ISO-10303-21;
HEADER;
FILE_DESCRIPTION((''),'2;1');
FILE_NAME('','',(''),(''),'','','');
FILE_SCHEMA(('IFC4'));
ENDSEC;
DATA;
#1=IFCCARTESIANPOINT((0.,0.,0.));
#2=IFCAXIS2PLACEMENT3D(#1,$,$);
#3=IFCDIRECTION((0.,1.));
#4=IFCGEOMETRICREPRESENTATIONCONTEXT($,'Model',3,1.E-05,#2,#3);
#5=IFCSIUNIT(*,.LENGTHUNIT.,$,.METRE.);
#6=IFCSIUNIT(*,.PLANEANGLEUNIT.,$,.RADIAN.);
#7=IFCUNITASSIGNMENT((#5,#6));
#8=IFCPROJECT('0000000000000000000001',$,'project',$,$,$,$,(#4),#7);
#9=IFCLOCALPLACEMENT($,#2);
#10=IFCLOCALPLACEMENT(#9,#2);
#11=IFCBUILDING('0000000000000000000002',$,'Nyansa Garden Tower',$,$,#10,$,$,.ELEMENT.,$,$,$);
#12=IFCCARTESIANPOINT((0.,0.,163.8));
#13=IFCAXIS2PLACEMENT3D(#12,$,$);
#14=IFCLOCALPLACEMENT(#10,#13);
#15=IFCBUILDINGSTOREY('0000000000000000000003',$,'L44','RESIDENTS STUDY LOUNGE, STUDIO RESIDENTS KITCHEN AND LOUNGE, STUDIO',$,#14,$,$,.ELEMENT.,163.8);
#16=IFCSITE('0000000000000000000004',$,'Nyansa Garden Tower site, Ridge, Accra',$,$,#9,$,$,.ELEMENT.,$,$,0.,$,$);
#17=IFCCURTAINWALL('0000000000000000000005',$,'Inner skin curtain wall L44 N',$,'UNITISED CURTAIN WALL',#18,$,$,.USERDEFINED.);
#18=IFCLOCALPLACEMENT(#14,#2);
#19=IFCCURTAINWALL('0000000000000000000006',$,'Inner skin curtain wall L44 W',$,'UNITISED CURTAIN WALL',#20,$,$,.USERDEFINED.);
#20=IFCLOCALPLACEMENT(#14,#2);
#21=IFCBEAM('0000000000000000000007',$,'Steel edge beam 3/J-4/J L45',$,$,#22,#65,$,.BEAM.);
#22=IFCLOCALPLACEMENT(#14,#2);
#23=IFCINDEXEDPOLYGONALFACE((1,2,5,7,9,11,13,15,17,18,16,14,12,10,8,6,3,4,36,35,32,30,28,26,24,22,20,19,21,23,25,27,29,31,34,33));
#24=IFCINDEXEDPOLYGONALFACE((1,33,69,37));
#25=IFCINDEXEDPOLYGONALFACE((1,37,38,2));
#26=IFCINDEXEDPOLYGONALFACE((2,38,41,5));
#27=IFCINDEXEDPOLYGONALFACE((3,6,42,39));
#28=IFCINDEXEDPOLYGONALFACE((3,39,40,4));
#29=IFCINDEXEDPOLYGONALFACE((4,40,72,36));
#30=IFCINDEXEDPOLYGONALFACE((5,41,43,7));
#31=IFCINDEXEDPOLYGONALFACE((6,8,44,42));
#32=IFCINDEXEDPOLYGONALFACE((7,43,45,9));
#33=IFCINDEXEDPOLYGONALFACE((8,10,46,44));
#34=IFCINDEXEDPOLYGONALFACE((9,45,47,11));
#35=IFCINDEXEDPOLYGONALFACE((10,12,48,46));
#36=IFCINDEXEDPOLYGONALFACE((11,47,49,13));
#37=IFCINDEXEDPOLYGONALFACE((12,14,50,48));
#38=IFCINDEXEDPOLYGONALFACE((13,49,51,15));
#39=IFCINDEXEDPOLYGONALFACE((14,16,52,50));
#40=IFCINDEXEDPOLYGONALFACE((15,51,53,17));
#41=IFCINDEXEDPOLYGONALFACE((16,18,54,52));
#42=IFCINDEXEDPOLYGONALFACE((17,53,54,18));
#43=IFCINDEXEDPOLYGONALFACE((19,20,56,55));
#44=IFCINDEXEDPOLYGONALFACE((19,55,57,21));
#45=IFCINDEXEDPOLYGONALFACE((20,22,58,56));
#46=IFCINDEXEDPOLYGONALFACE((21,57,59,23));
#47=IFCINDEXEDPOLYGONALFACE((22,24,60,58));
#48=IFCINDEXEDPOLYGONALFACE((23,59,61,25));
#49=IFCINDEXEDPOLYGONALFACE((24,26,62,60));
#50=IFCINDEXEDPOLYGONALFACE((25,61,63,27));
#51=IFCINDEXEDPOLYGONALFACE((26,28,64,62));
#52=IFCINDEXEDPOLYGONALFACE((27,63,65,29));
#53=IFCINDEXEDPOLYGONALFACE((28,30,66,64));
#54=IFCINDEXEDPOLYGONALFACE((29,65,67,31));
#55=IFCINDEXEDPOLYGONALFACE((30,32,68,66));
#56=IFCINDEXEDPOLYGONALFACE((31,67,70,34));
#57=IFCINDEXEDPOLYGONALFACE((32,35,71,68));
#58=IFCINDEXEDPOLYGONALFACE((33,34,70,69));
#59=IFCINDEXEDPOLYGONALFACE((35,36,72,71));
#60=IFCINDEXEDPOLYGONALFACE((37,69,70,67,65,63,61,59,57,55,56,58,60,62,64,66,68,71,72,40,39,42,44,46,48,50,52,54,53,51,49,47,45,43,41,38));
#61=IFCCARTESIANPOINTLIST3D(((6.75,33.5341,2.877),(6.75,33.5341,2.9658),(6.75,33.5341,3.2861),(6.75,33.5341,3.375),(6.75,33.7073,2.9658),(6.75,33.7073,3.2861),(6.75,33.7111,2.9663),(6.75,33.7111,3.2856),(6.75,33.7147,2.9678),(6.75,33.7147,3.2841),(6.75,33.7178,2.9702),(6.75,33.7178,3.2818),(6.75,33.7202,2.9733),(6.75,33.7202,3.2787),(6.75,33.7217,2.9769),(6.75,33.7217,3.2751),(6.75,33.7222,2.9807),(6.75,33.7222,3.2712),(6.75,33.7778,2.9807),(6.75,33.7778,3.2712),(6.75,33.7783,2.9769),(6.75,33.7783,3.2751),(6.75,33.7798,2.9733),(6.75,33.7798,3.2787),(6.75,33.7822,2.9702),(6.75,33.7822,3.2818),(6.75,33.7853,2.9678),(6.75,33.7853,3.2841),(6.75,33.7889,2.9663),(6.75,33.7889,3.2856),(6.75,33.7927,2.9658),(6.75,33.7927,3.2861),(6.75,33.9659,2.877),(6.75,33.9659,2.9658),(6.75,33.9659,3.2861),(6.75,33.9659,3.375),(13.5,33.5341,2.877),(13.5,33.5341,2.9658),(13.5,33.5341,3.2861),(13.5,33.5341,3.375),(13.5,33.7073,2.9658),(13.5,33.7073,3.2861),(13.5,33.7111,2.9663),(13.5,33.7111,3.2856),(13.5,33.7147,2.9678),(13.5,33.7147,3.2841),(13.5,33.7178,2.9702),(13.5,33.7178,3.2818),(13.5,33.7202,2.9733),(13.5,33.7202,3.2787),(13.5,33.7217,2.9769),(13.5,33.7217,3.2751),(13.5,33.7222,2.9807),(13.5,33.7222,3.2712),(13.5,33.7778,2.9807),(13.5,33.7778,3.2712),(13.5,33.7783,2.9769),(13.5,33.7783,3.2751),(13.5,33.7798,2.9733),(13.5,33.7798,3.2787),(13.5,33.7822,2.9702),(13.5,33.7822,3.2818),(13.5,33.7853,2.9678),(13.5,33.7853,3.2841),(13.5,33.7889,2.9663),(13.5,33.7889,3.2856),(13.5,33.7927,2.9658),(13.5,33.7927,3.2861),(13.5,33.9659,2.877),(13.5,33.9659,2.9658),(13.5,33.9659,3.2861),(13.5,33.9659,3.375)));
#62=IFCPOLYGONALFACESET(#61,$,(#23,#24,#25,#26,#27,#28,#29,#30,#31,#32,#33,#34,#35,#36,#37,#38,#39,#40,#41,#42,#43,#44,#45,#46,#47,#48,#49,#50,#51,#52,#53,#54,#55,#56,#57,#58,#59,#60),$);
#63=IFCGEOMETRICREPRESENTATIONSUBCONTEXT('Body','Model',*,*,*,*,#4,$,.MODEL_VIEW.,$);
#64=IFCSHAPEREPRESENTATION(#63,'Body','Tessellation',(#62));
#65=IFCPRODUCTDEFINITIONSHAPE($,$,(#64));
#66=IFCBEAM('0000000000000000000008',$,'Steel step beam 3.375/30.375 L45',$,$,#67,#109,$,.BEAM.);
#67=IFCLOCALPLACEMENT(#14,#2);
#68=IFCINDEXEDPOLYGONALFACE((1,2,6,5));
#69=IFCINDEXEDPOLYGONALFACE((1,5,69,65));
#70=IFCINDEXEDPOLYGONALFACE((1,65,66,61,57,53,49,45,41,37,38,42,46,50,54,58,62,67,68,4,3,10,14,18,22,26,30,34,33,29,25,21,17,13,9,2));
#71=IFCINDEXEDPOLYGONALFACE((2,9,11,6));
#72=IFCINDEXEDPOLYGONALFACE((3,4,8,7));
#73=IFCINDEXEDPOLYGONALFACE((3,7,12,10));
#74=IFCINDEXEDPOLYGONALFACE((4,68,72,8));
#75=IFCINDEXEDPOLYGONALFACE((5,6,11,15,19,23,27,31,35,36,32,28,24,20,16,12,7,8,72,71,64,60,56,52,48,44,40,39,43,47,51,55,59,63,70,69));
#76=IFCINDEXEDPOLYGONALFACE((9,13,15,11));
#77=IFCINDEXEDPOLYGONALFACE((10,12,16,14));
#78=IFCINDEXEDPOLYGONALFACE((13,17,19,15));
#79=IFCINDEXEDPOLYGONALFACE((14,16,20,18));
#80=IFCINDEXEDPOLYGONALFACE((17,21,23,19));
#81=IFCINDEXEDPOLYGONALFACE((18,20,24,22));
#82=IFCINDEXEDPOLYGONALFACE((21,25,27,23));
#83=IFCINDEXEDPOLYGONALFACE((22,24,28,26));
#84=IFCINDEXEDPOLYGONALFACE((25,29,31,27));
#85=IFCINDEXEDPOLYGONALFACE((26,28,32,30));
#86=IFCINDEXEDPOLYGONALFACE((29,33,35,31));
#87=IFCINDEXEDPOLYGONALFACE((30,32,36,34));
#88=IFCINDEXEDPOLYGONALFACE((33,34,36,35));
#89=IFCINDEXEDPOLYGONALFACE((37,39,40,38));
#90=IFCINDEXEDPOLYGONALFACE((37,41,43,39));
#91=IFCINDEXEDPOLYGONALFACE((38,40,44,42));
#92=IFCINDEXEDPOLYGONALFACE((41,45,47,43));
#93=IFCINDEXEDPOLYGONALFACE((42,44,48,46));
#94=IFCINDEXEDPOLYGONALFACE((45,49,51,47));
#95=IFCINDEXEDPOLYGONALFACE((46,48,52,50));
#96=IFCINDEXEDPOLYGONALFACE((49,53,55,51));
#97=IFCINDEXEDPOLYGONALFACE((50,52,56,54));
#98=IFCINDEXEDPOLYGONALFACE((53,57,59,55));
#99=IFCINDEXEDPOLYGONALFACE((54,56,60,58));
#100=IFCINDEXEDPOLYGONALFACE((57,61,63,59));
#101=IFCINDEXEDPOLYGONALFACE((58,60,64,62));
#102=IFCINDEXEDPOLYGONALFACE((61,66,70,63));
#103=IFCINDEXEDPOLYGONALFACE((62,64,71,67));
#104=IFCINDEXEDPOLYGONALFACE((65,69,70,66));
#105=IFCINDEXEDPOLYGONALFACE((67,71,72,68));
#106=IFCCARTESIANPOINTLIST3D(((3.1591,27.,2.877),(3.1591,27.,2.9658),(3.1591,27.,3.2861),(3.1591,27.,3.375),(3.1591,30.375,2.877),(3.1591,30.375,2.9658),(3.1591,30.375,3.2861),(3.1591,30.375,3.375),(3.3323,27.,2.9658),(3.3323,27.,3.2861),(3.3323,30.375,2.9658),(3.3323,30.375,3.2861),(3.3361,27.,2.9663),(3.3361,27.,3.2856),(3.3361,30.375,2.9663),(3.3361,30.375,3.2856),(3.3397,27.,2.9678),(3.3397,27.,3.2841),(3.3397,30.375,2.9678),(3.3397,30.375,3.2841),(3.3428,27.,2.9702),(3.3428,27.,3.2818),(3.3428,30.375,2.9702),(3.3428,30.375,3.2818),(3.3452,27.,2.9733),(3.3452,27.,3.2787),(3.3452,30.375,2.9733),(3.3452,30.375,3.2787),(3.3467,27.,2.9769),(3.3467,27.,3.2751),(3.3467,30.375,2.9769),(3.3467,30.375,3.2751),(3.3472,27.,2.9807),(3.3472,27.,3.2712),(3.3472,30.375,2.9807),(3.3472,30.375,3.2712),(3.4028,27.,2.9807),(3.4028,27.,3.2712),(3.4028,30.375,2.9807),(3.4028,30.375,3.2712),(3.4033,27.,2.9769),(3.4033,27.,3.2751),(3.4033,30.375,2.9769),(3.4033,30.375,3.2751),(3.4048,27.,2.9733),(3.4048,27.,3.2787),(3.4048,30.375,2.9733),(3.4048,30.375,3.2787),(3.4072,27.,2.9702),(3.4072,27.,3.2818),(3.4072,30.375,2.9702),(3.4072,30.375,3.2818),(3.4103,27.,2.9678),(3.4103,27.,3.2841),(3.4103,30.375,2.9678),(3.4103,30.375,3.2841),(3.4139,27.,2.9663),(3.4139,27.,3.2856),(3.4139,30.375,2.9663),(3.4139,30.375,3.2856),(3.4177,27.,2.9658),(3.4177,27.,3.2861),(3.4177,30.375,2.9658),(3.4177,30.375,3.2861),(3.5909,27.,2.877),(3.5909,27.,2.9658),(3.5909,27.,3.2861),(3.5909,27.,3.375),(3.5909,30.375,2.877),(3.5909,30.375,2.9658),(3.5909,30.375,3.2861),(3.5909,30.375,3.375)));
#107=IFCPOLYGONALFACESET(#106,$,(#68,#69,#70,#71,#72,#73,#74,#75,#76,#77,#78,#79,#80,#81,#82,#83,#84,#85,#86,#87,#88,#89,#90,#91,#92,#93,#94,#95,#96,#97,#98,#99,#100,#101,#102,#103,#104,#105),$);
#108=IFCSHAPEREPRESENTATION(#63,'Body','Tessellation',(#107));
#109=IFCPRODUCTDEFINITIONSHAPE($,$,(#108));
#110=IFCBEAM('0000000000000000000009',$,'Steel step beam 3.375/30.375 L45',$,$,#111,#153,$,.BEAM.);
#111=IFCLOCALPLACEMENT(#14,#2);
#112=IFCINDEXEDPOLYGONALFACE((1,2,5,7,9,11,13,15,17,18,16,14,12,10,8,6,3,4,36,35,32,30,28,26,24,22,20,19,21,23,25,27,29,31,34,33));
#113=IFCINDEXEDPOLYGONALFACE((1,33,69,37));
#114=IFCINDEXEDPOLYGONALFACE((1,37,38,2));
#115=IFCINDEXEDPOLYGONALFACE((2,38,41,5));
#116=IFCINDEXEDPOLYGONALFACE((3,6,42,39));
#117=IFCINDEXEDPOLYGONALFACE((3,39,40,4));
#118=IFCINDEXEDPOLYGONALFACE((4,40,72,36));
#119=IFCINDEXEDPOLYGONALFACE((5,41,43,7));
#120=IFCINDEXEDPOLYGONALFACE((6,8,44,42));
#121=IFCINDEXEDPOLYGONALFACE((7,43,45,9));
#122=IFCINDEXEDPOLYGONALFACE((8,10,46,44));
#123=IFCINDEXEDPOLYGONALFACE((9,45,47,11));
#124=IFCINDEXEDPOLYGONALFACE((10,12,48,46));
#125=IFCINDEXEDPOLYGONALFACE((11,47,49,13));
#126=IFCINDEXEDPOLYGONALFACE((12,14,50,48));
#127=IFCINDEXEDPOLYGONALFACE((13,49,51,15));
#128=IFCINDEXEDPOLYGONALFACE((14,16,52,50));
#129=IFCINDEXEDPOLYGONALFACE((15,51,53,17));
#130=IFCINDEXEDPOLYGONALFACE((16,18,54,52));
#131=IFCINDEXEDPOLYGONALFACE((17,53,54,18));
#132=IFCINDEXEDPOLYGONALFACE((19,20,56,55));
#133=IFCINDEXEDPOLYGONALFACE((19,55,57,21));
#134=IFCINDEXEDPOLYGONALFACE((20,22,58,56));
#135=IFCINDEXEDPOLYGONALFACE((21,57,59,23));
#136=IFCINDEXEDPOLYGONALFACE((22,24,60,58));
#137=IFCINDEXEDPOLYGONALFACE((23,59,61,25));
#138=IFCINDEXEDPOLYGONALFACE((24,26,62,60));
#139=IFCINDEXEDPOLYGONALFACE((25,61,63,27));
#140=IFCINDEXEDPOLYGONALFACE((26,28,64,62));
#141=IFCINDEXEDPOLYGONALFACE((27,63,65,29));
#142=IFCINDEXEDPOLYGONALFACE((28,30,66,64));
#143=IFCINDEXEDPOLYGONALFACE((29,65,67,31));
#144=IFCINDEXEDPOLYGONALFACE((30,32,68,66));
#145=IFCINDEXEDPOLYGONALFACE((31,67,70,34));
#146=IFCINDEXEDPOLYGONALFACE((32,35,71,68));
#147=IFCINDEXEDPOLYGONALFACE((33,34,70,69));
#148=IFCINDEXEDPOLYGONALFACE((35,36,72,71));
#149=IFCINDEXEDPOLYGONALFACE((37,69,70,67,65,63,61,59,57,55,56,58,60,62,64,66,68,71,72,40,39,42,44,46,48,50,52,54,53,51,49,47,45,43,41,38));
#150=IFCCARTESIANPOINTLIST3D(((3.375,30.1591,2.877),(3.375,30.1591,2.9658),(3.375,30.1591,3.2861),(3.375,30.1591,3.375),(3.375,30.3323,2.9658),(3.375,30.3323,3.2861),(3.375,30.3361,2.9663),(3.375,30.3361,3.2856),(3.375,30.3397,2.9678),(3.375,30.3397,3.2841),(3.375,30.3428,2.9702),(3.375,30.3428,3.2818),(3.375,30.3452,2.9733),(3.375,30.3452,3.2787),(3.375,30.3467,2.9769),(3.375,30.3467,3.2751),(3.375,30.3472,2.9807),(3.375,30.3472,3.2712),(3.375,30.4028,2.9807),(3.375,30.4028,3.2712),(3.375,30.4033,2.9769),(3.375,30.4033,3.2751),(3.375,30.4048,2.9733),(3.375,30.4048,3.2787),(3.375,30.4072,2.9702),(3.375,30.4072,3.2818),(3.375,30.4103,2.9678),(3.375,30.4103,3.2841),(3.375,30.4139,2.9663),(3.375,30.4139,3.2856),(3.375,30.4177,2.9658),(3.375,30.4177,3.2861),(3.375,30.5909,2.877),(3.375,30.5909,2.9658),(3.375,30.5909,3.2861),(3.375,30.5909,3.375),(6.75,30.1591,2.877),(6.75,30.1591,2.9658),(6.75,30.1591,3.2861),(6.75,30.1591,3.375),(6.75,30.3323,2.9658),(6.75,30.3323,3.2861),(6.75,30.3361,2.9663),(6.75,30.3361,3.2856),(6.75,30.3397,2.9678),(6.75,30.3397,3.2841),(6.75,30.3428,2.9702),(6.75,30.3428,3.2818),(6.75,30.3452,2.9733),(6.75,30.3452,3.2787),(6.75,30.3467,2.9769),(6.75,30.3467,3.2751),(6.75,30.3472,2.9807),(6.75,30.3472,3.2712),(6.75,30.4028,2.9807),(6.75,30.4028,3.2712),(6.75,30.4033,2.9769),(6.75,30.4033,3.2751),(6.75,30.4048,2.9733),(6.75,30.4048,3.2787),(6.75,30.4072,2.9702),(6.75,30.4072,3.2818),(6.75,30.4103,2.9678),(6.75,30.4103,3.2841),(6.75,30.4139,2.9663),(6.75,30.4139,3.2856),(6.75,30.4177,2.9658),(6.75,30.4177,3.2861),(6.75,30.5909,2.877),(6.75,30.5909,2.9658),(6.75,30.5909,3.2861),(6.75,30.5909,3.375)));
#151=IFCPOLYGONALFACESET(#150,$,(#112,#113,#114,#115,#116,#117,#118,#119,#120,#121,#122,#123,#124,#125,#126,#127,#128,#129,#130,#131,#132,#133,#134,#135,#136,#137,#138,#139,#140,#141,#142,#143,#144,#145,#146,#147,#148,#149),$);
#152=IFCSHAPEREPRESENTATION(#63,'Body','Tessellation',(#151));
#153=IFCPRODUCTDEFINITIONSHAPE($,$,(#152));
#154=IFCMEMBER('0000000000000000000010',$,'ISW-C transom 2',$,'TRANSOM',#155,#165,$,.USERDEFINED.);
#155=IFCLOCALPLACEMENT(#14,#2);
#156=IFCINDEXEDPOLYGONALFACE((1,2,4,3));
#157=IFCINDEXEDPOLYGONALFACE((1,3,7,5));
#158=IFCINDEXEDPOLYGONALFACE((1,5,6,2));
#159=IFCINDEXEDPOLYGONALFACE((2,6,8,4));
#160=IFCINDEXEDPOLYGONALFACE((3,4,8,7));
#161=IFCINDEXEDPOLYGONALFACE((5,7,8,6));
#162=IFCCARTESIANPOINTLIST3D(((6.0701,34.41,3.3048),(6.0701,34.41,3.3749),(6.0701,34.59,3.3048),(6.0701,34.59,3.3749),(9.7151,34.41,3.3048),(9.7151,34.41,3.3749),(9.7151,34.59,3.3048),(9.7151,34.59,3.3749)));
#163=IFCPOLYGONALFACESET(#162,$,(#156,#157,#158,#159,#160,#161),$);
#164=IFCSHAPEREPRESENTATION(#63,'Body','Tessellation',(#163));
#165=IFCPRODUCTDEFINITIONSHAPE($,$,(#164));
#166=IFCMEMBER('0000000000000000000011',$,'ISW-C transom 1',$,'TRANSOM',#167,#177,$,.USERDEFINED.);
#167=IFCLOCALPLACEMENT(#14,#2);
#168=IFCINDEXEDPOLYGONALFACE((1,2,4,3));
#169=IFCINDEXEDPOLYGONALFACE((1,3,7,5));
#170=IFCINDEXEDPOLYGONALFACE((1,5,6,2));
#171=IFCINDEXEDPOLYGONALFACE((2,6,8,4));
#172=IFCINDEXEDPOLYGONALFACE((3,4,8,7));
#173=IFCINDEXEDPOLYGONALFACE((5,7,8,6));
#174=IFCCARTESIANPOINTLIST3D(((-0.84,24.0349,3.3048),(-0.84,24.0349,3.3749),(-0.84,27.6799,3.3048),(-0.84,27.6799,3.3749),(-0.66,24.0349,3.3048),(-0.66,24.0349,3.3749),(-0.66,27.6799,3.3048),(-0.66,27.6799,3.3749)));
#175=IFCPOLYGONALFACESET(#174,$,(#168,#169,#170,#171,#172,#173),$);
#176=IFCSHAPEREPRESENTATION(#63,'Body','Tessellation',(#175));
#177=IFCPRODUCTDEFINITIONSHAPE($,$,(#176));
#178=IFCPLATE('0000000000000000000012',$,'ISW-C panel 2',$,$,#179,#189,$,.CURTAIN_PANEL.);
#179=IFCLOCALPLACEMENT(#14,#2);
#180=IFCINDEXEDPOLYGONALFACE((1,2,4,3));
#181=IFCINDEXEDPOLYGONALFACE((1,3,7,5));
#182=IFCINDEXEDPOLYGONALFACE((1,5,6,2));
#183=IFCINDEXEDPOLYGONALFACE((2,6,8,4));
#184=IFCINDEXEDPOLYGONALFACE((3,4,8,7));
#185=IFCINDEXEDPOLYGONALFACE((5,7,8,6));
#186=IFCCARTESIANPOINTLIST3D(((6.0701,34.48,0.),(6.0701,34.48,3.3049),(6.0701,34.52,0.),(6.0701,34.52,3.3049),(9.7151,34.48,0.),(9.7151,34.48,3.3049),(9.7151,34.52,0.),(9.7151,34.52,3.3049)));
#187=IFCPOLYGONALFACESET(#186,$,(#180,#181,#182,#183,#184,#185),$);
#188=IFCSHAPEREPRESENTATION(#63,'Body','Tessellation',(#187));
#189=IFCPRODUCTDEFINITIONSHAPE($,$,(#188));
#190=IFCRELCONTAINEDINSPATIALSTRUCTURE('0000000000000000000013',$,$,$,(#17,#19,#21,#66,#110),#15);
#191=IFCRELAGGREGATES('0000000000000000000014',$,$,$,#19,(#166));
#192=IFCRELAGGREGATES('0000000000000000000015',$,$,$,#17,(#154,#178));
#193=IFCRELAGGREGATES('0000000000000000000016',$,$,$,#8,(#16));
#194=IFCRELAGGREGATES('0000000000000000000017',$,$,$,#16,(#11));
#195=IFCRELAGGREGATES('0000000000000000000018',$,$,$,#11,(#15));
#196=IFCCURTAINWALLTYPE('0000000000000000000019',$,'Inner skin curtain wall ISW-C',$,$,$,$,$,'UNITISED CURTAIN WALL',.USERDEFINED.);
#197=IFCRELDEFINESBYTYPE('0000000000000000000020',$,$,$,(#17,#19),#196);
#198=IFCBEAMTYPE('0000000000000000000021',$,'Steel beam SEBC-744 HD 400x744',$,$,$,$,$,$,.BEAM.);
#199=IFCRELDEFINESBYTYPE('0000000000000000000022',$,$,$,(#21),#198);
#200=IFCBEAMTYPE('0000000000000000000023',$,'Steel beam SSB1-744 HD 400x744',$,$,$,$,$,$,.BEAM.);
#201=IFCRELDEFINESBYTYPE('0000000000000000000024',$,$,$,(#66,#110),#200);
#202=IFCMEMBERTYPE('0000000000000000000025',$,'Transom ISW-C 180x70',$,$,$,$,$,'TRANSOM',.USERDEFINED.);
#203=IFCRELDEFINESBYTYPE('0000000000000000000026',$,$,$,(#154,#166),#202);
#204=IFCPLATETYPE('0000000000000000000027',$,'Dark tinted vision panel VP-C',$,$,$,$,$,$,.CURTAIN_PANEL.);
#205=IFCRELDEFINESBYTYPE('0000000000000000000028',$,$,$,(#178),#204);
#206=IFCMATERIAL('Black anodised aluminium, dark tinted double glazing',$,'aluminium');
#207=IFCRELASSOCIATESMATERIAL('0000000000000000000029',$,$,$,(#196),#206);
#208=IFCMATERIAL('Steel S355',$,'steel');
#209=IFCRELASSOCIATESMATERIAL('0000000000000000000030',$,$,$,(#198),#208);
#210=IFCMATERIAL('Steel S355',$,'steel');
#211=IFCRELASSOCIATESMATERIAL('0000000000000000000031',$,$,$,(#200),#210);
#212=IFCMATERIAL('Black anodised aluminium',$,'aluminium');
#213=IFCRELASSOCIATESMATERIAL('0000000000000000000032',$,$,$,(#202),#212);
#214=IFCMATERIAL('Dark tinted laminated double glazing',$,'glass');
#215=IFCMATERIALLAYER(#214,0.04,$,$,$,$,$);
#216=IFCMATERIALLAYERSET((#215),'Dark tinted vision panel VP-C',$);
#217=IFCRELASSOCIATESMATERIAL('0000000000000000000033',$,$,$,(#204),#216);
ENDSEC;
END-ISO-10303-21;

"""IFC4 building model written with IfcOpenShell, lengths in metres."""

from ifc_helpers import new_model, si_unit, direction, frame, origin, origin_2d, place, context, subcontext, project, spatial, rectangle, i_section, extrude, material, layer, layer_set, material_profile, profile_set, type_object, element, aggregate, save


model = new_model("IFC4")

# Units and contexts
model_context = context("Model", 3, precision=1e-05, world=origin(), true_north=direction((0.0, 1.0)))
body_context = subcontext(model_context, "Body", "Model", "MODEL_VIEW")
ifc_project = project(units=[si_unit("LENGTHUNIT", "METRE"), si_unit("PLANEANGLEUNIT", "RADIAN")], contexts=[model_context])

# Site, building, storey
site_placement = place(None, origin())
site = spatial("IfcSite", under=ifc_project, at=site_placement, Name="Nyansa Garden Tower site, Ridge, Accra", CompositionType="ELEMENT", RefElevation=0.0)
building_placement = place(site_placement, origin())
building = spatial("IfcBuilding", under=site, at=building_placement, Name="Nyansa Garden Tower", CompositionType="ELEMENT")
storey_placement = place(building_placement, frame((0.0, 0.0, 163.8)))
storey = spatial("IfcBuildingStorey", under=building, at=storey_placement, Name="L44", Description="RESIDENTS STUDY LOUNGE, STUDIO RESIDENTS KITCHEN AND LOUNGE, STUDIO", CompositionType="ELEMENT", Elevation=163.8)

# Curtain wall
ifc_material_1 = material(Name="Black anodised aluminium, dark tinted double glazing", Category="aluminium")
curtain_wall_type = type_object("IfcCurtainWallType", Name="Inner skin curtain wall ISW-C", ElementType="UNITISED CURTAIN WALL", PredefinedType="USERDEFINED", material=ifc_material_1)
curtain_wall_1_placement = place(storey_placement, origin())
curtain_wall_1 = element("IfcCurtainWall", 1, at=curtain_wall_1_placement, inside=storey, type_object=curtain_wall_type, Name="Inner skin curtain wall L44 N", ObjectType="UNITISED CURTAIN WALL", PredefinedType="USERDEFINED")

# Curtain wall
curtain_wall_2_placement = place(storey_placement, origin())
curtain_wall_2 = element("IfcCurtainWall", 2, at=curtain_wall_2_placement, inside=storey, type_object=curtain_wall_type, Name="Inner skin curtain wall L44 W", ObjectType="UNITISED CURTAIN WALL", PredefinedType="USERDEFINED")

# Beams
ifc_material_2 = material(Name="Steel S355", Category="steel")
ifc_material_profile_1 = material_profile(ifc_material_2, i_section(OverallWidth=0.4319, OverallDepth=0.498, WebThickness=0.0557, FlangeThickness=0.0889, FilletRadius=0.0149, at=origin_2d()), Name="HD 400x744")
ifc_profile_set_1 = profile_set([ifc_material_profile_1], Name="Steel S355")
beam_type_1 = type_object("IfcBeamType", Name="Steel beam SEBC-744 HD 400x744", PredefinedType="BEAM", material=ifc_profile_set_1)
beam_1_placement = place(storey_placement, frame((6.75, 33.75, 3.126), z_axis=(1.0, 0.0, 0.0), x_axis=(0.0, 1.0, 0.0)))
element("IfcBeam", 3, at=beam_1_placement, inside=storey, type_object=beam_type_1, Name="Steel edge beam 3/J-4/J L45", PredefinedType="BEAM", context=body_context, shape_type="SweptSolid", body=[
    extrude(i_section(OverallWidth=0.4319, OverallDepth=0.498, WebThickness=0.0557, FlangeThickness=0.0889, FilletRadius=0.0149, at=origin_2d()), origin(), (0.0, 0.0, 1.0), 6.75),
])
ifc_material_3 = material(Name="Steel S355", Category="steel")
ifc_material_profile_2 = material_profile(ifc_material_3, i_section(OverallWidth=0.4319, OverallDepth=0.498, WebThickness=0.0557, FlangeThickness=0.0889, FilletRadius=0.0149, at=origin_2d()), Name="HD 400x744")
ifc_profile_set_2 = profile_set([ifc_material_profile_2], Name="Steel S355")
beam_type_2 = type_object("IfcBeamType", Name="Steel beam SSB1-744 HD 400x744", PredefinedType="BEAM", material=ifc_profile_set_2)
for number, where, z_axis, x_axis, name in (
    (4, (3.375, 30.375, 3.126), (0.0, -1.0, 0.0), (1.0, 0.0, 0.0), "Steel step beam 3.375/30.375 L45"),
    (5, (3.375, 30.375, 3.126), (1.0, 0.0, 0.0), (0.0, 1.0, 0.0), "Steel step beam 3.375/30.375 L45"),
):
    element("IfcBeam", number, at=place(storey_placement, frame(where, z_axis=z_axis, x_axis=x_axis)), inside=storey, type_object=beam_type_2, Name=name, PredefinedType="BEAM", context=body_context, shape_type="SweptSolid", body=[
        extrude(i_section(OverallWidth=0.4319, OverallDepth=0.498, WebThickness=0.0557, FlangeThickness=0.0889, FilletRadius=0.0149, at=origin_2d()), origin(), (0.0, 0.0, 1.0), 3.375),
    ])

# Members
ifc_material_4 = material(Name="Black anodised aluminium", Category="aluminium")
ifc_material_profile_3 = material_profile(ifc_material_4, rectangle(XDim=0.1799, YDim=0.0701, at=origin_2d()), Name="Transom 180x70")
ifc_profile_set_3 = profile_set([ifc_material_profile_3], Name="Black anodised aluminium")
member_type_1 = type_object("IfcMemberType", Name="Transom ISW-C 180x70", ElementType="TRANSOM", PredefinedType="USERDEFINED", material=ifc_profile_set_3)
member_1_placement = place(storey_placement, frame((9.7151, 34.5, 3.3398), z_axis=(-1.0, 0.0, 0.0), x_axis=(0.0, -1.0, 0.0)))
member_1 = element("IfcMember", 6, at=member_1_placement, type_object=member_type_1, Name="ISW-C transom 2", ObjectType="TRANSOM", PredefinedType="USERDEFINED", context=body_context, shape_type="SweptSolid", body=[
    extrude(rectangle(XDim=0.1799, YDim=0.0701, at=origin_2d()), origin(), (0.0, 0.0, 1.0), 3.645),
])
member_2_placement = place(storey_placement, frame((-0.75, 27.6799, 3.3398), z_axis=(0.0, -1.0, 0.0), x_axis=(1.0, 0.0, 0.0)))
member_2 = element("IfcMember", 7, at=member_2_placement, type_object=member_type_1, Name="ISW-C transom 1", ObjectType="TRANSOM", PredefinedType="USERDEFINED", context=body_context, shape_type="SweptSolid", body=[
    extrude(rectangle(XDim=0.1799, YDim=0.0701, at=origin_2d()), origin(), (0.0, 0.0, 1.0), 3.645),
])
aggregate(curtain_wall_2, [member_2])

# Plate
ifc_material_5 = material(Name="Dark tinted laminated double glazing", Category="glass")
ifc_layer_1 = layer(ifc_material_5, 0.04)
ifc_layer_set_1 = layer_set([ifc_layer_1], Name="Dark tinted vision panel VP-C")
plate_type = type_object("IfcPlateType", Name="Dark tinted vision panel VP-C", PredefinedType="CURTAIN_PANEL", material=ifc_layer_set_1)
plate_placement = place(storey_placement, frame((7.8926, 34.5, 0.0), z_axis=(0.0, 0.0, 1.0), x_axis=(-1.0, 0.0, 0.0)))
plate = element("IfcPlate", 8, at=plate_placement, type_object=plate_type, Name="ISW-C panel 2", PredefinedType="CURTAIN_PANEL", context=body_context, shape_type="SweptSolid", body=[
    extrude(rectangle(XDim=3.645, YDim=0.04, at=origin_2d()), origin(), (0.0, 0.0, 1.0), 3.3049),
])
aggregate(curtain_wall_1, [member_1, plate])

save(model, "model.ifc")
